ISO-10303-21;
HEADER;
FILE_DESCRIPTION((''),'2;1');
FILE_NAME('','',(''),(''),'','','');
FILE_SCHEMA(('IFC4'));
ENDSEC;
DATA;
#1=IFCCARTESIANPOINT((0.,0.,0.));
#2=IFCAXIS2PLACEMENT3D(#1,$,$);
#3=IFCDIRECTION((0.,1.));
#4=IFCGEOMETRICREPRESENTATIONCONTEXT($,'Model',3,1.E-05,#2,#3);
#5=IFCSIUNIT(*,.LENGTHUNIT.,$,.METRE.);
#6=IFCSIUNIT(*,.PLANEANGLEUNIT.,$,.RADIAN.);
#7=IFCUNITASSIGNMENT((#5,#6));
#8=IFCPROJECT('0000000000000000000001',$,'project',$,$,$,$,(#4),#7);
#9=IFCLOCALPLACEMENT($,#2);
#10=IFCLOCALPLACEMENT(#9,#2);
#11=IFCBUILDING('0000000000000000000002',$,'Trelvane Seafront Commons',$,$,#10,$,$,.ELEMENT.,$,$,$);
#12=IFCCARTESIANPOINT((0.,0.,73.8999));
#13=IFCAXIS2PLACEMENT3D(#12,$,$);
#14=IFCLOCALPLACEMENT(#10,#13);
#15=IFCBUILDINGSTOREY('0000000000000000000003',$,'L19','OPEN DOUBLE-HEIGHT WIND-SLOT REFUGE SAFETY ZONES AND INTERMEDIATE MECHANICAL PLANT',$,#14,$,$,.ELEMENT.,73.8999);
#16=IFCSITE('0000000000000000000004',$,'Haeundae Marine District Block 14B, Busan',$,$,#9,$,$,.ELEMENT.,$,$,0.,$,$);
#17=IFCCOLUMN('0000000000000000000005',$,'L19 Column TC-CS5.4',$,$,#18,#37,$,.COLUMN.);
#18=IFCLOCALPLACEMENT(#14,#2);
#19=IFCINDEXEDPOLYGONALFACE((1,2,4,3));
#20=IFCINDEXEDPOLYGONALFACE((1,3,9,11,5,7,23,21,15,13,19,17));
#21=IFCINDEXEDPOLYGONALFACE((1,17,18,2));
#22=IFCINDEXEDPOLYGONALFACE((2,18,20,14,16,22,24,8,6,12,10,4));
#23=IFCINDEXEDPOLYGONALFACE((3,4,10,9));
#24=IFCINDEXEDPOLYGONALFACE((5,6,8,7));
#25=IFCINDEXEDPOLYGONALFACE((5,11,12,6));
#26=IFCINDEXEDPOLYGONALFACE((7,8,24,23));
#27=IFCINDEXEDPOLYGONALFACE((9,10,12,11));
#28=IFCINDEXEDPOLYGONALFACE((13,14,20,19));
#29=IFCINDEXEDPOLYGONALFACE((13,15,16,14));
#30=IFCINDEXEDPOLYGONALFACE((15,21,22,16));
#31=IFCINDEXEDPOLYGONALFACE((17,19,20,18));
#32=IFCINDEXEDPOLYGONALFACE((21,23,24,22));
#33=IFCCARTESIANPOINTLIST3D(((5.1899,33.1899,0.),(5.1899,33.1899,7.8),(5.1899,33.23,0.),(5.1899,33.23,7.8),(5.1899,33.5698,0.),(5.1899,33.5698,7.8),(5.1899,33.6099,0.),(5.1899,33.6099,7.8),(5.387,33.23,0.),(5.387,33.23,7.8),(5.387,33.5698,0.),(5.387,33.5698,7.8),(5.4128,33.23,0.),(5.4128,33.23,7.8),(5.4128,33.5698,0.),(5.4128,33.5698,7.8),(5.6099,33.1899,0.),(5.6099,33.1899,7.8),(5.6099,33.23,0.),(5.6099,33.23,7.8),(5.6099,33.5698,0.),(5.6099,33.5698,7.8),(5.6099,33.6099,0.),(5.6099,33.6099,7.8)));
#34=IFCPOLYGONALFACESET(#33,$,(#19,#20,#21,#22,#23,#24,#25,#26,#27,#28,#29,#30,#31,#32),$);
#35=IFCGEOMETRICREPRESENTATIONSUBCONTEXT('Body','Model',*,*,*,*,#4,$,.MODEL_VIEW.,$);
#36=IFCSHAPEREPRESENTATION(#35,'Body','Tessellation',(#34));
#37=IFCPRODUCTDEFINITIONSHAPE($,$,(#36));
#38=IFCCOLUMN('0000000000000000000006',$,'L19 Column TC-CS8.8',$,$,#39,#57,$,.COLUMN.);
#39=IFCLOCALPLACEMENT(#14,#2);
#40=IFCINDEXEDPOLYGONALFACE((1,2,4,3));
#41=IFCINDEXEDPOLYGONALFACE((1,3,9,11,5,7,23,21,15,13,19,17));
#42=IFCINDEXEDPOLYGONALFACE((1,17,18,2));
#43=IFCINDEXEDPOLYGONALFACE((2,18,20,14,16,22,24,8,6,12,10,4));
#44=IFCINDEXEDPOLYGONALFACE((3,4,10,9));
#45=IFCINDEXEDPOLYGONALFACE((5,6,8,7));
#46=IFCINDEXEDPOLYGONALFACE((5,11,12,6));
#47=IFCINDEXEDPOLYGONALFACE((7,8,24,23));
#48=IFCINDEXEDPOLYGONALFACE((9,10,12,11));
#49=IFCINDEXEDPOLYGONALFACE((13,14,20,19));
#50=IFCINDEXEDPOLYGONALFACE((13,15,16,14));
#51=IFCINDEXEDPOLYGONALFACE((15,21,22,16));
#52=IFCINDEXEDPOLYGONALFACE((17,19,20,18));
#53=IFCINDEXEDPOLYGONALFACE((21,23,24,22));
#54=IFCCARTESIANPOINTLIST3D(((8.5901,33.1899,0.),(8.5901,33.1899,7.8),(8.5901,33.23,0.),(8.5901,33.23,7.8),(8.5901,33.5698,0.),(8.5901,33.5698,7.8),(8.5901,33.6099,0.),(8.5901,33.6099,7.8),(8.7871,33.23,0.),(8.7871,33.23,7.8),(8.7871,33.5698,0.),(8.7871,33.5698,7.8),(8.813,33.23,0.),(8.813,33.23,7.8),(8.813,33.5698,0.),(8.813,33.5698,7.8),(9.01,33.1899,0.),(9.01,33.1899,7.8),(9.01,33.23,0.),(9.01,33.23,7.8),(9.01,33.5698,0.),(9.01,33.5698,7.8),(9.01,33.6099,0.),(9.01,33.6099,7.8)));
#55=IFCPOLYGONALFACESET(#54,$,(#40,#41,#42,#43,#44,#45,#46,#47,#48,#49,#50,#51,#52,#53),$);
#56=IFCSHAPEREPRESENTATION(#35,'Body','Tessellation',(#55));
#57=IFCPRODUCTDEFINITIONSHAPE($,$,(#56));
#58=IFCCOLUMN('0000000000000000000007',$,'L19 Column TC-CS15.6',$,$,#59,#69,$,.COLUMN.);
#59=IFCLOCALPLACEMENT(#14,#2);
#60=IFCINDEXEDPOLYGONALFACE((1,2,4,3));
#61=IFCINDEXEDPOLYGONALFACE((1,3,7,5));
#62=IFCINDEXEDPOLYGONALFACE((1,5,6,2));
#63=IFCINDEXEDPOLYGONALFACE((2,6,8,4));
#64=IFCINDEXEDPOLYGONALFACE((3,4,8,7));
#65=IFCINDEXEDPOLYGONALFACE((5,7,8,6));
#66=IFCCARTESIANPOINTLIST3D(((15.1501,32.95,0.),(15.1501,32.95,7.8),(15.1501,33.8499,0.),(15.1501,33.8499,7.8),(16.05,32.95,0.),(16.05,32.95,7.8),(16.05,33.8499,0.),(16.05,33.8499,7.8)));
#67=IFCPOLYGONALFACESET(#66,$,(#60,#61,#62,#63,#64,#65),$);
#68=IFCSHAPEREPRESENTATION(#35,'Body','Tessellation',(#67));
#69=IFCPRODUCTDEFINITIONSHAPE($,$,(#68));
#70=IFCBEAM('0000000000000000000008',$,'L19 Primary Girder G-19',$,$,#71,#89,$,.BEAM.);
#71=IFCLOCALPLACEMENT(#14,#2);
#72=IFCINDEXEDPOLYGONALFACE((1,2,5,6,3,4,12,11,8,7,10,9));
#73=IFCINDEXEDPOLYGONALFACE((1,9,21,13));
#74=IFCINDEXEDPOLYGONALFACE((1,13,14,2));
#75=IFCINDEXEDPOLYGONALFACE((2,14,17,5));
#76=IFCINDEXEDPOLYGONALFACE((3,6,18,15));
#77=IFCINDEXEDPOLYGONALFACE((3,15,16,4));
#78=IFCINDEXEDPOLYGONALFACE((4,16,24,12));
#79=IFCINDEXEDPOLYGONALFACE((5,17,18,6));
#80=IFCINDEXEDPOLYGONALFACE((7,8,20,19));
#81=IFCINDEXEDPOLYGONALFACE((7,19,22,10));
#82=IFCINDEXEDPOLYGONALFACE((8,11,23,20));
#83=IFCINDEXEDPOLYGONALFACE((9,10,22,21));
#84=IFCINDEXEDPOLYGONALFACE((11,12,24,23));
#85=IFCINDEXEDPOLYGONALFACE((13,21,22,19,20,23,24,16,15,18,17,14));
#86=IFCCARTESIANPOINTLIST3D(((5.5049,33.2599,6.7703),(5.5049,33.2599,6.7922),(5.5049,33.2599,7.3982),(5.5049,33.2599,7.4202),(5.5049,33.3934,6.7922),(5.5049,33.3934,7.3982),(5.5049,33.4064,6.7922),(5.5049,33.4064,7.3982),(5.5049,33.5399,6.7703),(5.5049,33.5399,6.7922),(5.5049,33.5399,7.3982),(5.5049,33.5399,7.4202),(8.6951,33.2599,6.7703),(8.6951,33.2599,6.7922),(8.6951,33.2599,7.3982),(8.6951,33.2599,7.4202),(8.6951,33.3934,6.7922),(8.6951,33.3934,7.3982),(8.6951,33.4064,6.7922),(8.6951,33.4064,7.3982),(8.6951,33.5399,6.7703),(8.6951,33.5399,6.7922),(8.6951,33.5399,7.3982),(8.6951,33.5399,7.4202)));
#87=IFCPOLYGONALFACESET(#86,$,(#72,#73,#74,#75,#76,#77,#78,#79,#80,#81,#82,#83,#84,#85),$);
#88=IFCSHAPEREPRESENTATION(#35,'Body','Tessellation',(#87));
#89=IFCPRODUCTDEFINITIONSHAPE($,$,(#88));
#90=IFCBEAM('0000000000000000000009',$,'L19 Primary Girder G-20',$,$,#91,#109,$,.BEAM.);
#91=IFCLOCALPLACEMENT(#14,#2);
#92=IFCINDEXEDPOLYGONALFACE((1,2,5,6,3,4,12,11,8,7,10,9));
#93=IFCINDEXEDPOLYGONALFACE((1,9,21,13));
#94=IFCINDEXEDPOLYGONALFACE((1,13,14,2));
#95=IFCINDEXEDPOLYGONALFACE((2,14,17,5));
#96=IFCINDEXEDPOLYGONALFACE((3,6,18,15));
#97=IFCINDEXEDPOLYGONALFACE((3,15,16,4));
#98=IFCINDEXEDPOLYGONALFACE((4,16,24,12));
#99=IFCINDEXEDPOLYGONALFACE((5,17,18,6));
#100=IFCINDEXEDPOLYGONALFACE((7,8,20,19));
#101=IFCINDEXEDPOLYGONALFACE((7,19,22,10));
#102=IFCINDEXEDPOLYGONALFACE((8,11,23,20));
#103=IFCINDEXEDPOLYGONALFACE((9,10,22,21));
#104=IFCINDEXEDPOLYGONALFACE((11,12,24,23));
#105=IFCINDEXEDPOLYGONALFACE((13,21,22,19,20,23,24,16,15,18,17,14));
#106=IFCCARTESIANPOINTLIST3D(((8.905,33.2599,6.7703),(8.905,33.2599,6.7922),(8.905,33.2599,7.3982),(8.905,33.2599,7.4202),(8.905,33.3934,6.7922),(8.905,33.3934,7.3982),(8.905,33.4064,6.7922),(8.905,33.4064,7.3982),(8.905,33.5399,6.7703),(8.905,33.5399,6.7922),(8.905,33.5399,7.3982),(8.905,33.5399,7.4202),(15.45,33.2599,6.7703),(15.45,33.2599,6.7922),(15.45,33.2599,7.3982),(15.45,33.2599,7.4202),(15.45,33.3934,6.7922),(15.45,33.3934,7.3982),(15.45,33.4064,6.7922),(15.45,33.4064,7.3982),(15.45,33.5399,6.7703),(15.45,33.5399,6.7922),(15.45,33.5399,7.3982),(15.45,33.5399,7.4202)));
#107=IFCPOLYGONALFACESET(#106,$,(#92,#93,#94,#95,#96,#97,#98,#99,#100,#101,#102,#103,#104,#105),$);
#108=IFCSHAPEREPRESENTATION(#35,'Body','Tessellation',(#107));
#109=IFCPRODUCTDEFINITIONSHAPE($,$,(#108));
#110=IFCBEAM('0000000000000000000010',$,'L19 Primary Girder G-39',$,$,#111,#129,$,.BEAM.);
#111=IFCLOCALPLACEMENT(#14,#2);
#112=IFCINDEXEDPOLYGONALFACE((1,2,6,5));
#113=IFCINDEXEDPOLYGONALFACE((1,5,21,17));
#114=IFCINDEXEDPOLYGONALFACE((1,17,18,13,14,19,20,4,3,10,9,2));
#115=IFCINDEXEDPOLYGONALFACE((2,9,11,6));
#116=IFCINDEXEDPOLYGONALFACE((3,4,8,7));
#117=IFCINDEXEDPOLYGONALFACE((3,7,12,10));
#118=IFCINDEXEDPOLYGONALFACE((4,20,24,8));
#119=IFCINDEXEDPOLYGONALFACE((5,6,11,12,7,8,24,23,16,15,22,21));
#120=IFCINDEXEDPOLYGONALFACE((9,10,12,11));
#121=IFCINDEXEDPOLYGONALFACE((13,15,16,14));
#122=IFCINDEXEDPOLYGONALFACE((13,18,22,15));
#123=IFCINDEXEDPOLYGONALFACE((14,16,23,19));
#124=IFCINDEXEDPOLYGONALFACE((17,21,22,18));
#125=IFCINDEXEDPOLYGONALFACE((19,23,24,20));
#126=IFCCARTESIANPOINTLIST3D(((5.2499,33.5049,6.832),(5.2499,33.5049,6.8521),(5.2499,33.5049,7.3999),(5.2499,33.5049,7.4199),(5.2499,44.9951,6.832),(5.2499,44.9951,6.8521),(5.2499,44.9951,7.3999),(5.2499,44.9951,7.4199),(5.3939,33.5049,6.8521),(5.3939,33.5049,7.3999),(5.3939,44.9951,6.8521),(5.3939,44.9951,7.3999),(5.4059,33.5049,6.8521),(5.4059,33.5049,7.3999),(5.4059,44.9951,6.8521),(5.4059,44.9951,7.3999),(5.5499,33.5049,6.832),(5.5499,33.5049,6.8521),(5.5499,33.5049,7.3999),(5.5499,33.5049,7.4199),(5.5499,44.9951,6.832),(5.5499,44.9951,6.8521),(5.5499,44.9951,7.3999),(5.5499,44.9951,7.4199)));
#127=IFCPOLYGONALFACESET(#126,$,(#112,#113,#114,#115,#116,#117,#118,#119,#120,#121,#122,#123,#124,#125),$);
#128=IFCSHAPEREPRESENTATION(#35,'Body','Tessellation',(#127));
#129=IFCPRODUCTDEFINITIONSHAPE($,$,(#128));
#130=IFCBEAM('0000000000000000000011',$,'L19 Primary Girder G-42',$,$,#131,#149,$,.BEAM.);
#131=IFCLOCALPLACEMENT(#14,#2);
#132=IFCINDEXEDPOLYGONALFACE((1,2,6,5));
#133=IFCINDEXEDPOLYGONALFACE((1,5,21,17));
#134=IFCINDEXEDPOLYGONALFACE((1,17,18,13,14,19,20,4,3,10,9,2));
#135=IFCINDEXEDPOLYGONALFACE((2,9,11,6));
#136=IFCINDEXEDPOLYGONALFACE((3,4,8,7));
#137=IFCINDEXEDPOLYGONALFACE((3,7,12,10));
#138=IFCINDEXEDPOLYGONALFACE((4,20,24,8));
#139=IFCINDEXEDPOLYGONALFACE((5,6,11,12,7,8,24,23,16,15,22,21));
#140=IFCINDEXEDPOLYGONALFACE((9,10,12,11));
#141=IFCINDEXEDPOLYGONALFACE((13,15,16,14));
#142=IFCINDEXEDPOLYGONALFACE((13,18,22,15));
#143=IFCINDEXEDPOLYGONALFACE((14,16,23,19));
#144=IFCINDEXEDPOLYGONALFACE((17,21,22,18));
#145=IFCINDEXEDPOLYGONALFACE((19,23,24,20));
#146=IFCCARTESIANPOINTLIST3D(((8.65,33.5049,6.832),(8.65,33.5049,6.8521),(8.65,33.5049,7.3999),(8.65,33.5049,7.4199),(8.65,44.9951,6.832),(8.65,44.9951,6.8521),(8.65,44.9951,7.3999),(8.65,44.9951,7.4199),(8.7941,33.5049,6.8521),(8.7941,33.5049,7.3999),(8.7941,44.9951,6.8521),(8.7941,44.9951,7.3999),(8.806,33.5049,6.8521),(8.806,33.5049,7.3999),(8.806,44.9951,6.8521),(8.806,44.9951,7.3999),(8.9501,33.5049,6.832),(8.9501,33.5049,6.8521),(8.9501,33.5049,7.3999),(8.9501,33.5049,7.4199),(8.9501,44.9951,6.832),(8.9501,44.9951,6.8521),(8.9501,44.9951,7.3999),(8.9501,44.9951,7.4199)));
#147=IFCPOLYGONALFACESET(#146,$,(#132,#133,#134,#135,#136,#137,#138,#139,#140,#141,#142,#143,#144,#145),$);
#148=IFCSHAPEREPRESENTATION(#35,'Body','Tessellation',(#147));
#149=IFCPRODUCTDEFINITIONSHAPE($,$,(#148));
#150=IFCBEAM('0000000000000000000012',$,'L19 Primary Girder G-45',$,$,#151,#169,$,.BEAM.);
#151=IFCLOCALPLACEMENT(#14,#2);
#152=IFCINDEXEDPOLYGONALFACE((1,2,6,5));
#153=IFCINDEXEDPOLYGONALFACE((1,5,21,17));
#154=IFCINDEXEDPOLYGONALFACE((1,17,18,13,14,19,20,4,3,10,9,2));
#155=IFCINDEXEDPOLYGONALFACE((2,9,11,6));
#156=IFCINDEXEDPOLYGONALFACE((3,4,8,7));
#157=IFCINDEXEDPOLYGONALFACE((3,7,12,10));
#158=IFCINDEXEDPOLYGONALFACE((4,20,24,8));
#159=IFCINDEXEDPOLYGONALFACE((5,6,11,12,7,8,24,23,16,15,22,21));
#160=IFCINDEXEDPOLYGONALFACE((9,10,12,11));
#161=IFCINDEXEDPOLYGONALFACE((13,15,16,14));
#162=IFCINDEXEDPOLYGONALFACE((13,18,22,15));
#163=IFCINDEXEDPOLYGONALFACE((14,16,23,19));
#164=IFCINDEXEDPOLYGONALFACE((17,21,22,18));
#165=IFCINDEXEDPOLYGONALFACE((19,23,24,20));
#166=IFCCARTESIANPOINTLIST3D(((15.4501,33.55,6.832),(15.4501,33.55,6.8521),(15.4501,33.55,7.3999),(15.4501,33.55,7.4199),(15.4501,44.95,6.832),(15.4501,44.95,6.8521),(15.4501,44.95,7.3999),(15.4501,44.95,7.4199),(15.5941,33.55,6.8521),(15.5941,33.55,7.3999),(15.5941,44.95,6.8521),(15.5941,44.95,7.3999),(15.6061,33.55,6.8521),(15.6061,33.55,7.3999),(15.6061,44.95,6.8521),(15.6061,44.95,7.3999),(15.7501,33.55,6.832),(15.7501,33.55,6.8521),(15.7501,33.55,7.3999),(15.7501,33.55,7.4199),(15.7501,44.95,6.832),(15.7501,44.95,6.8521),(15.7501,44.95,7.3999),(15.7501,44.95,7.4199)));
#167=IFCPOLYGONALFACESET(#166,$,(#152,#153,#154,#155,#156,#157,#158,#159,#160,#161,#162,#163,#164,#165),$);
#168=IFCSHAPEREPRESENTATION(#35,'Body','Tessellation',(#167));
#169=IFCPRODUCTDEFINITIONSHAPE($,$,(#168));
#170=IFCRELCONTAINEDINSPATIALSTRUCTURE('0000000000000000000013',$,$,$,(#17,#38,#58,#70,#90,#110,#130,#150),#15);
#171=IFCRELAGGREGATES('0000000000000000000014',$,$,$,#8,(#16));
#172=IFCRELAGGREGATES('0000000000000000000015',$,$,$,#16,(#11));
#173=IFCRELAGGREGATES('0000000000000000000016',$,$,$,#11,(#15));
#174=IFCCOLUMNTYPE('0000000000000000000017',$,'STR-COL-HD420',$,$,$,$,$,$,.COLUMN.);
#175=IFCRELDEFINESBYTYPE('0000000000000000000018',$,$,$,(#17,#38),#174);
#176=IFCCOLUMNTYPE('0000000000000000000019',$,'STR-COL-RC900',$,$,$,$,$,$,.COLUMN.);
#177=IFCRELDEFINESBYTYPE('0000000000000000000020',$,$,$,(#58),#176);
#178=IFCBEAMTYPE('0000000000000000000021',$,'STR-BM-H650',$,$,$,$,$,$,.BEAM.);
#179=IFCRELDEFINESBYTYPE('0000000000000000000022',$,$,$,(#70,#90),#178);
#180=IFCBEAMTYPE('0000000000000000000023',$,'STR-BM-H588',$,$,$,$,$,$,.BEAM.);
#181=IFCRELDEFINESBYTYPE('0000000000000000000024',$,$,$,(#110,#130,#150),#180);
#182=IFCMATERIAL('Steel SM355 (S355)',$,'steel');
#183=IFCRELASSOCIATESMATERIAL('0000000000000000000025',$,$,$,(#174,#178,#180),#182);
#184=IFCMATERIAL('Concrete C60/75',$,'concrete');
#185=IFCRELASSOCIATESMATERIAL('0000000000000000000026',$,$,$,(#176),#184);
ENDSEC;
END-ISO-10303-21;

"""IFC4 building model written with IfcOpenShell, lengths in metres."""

from ifc_helpers import new_model, si_unit, direction, frame, origin, origin_2d, place, context, subcontext, project, spatial, rectangle, i_section, extrude, source, transform, mapped, material, material_profile, profile_set, type_object, element, save


model = new_model("IFC4")

# Units and contexts
model_context = context("Model", 3, precision=1e-05, world=origin(), true_north=direction((0.0, 1.0)))
body_context = subcontext(model_context, "Body", "Model", "MODEL_VIEW")
ifc_project = project(units=[si_unit("LENGTHUNIT", "METRE"), si_unit("PLANEANGLEUNIT", "RADIAN")], contexts=[model_context])

# Site, building, storey
site_placement = place(None, origin())
site = spatial("IfcSite", under=ifc_project, at=site_placement, Name="Haeundae Marine District Block 14B, Busan", CompositionType="ELEMENT", RefElevation=0.0)
building_placement = place(site_placement, origin())
building = spatial("IfcBuilding", under=site, at=building_placement, Name="Trelvane Seafront Commons", CompositionType="ELEMENT")
storey_placement = place(building_placement, frame((0.0, 0.0, 73.8999)))
storey = spatial("IfcBuildingStorey", under=building, at=storey_placement, Name="L19", Description="OPEN DOUBLE-HEIGHT WIND-SLOT REFUGE SAFETY ZONES AND INTERMEDIATE MECHANICAL PLANT", CompositionType="ELEMENT", Elevation=73.8999)

# Columns
ifc_material_1 = material(Name="Steel SM355 (S355)", Category="steel")
ifc_material_profile_1 = material_profile(ifc_material_1, i_section(OverallWidth=0.4199, OverallDepth=0.4199, WebThickness=0.0259, FlangeThickness=0.04, at=origin_2d()), Name="HD-420x420x26x40")
ifc_profile_set_1 = profile_set([ifc_material_profile_1], Name="Steel SM355 (S355)")
column_type_1 = type_object("IfcColumnType", Name="STR-COL-HD420", PredefinedType="COLUMN", material=ifc_profile_set_1)
shared_shape_1 = source(origin(), body_context, "Body", "SweptSolid", [
    extrude(i_section(OverallWidth=0.4199, OverallDepth=0.4199, WebThickness=0.0259, FlangeThickness=0.04, at=origin_2d()), origin(), (0.0, 0.0, 1.0), 7.8),
])
for number, where, z_axis, x_axis, name in (
    (1, (5.3999, 33.3999, 0.0), (0.0, 0.0, 1.0), (1.0, 0.0, 0.0), "L19 Column TC-CS5.4"),
    (2, (8.8, 33.3999, 0.0), (0.0, 0.0, 1.0), (1.0, 0.0, 0.0), "L19 Column TC-CS8.8"),
):
    element("IfcColumn", number, at=place(storey_placement, frame(where, z_axis=z_axis, x_axis=x_axis)), inside=storey, type_object=column_type_1, Name=name, PredefinedType="COLUMN", context=body_context, shape_type="MappedRepresentation", body=[
        mapped(shared_shape_1, transform((0.0, 0.0, 0.0), x_axis=(1.0, 0.0, 0.0), y_axis=(0.0, 1.0, 0.0), z_axis=(0.0, 0.0, 1.0), scale=1.0)),
    ])
ifc_material_2 = material(Name="Concrete C60/75", Category="concrete")
ifc_material_profile_2 = material_profile(ifc_material_2, rectangle(XDim=0.8999, YDim=0.8999, at=origin_2d()), Name="RC-900x900")
ifc_profile_set_2 = profile_set([ifc_material_profile_2], Name="Concrete C60/75")
column_type_2 = type_object("IfcColumnType", Name="STR-COL-RC900", PredefinedType="COLUMN", material=ifc_profile_set_2)
shared_shape_2 = source(origin(), body_context, "Body", "SweptSolid", [
    extrude(rectangle(XDim=0.8999, YDim=0.8999, at=origin_2d()), origin(), (0.0, 0.0, 1.0), 7.8),
])
column_placement = place(storey_placement, frame((15.6001, 33.3999, 0.0), z_axis=(0.0, 0.0, 1.0), x_axis=(1.0, 0.0, 0.0)))
element("IfcColumn", 3, at=column_placement, inside=storey, type_object=column_type_2, Name="L19 Column TC-CS15.6", PredefinedType="COLUMN", context=body_context, shape_type="MappedRepresentation", body=[
    mapped(shared_shape_2, transform((0.0, 0.0, 0.0), x_axis=(1.0, 0.0, 0.0), y_axis=(0.0, 1.0, 0.0), z_axis=(0.0, 0.0, 1.0), scale=1.0)),
])

# Beams
ifc_material_profile_3 = material_profile(ifc_material_1, i_section(OverallWidth=0.28, OverallDepth=0.6499, WebThickness=0.0129, FlangeThickness=0.022, at=origin_2d()), Name="H-650x280x13x22")
ifc_profile_set_3 = profile_set([ifc_material_profile_3], Name="Steel SM355 (S355)")
beam_type_1 = type_object("IfcBeamType", Name="STR-BM-H650", PredefinedType="BEAM", material=ifc_profile_set_3)
shared_shape_3 = source(origin(), body_context, "Body", "SweptSolid", [
    extrude(i_section(OverallWidth=0.28, OverallDepth=0.6499, WebThickness=0.0129, FlangeThickness=0.022, at=origin_2d()), origin(), (0.0, 0.0, 1.0), 3.1902),
])
beam_1_placement = place(storey_placement, frame((5.5049, 33.3999, 7.0952), z_axis=(1.0, 0.0, 0.0), x_axis=(0.0, 1.0, 0.0)))
element("IfcBeam", 4, at=beam_1_placement, inside=storey, type_object=beam_type_1, Name="L19 Primary Girder G-19", PredefinedType="BEAM", context=body_context, shape_type="MappedRepresentation", body=[
    mapped(shared_shape_3, transform((0.0, 0.0, 0.0), x_axis=(1.0, 0.0, 0.0), y_axis=(0.0, 1.0, 0.0), z_axis=(0.0, 0.0, 1.0), scale=1.0)),
])
shared_shape_4 = source(origin(), body_context, "Body", "SweptSolid", [
    extrude(i_section(OverallWidth=0.28, OverallDepth=0.6499, WebThickness=0.0129, FlangeThickness=0.022, at=origin_2d()), origin(), (0.0, 0.0, 1.0), 6.5449),
])
beam_2_placement = place(storey_placement, frame((8.905, 33.3999, 7.0952), z_axis=(1.0, 0.0, 0.0), x_axis=(0.0, 1.0, 0.0)))
element("IfcBeam", 5, at=beam_2_placement, inside=storey, type_object=beam_type_1, Name="L19 Primary Girder G-20", PredefinedType="BEAM", context=body_context, shape_type="MappedRepresentation", body=[
    mapped(shared_shape_4, transform((0.0, 0.0, 0.0), x_axis=(1.0, 0.0, 0.0), y_axis=(0.0, 1.0, 0.0), z_axis=(0.0, 0.0, 1.0), scale=1.0)),
])
ifc_material_profile_4 = material_profile(ifc_material_1, i_section(OverallWidth=0.3, OverallDepth=0.5879, WebThickness=0.012, FlangeThickness=0.02, at=origin_2d()), Name="H-588x300x12x20")
ifc_profile_set_4 = profile_set([ifc_material_profile_4], Name="Steel SM355 (S355)")
beam_type_2 = type_object("IfcBeamType", Name="STR-BM-H588", PredefinedType="BEAM", material=ifc_profile_set_4)
shared_shape_5 = source(origin(), body_context, "Body", "SweptSolid", [
    extrude(i_section(OverallWidth=0.3, OverallDepth=0.5879, WebThickness=0.012, FlangeThickness=0.02, at=origin_2d()), origin(), (0.0, 0.0, 1.0), 11.4902),
])
for number, where, z_axis, x_axis, name in (
    (6, (5.3999, 33.5049, 7.126), (0.0, 1.0, 0.0), (-1.0, 0.0, 0.0), "L19 Primary Girder G-39"),
    (7, (8.8, 33.5049, 7.126), (0.0, 1.0, 0.0), (-1.0, 0.0, 0.0), "L19 Primary Girder G-42"),
):
    element("IfcBeam", number, at=place(storey_placement, frame(where, z_axis=z_axis, x_axis=x_axis)), inside=storey, type_object=beam_type_2, Name=name, PredefinedType="BEAM", context=body_context, shape_type="MappedRepresentation", body=[
        mapped(shared_shape_5, transform((0.0, 0.0, 0.0), x_axis=(1.0, 0.0, 0.0), y_axis=(0.0, 1.0, 0.0), z_axis=(0.0, 0.0, 1.0), scale=1.0)),
    ])
shared_shape_6 = source(origin(), body_context, "Body", "SweptSolid", [
    extrude(i_section(OverallWidth=0.3, OverallDepth=0.5879, WebThickness=0.012, FlangeThickness=0.02, at=origin_2d()), origin(), (0.0, 0.0, 1.0), 11.3999),
])
beam_3_placement = place(storey_placement, frame((15.6001, 33.55, 7.126), z_axis=(0.0, 1.0, 0.0), x_axis=(-1.0, 0.0, 0.0)))
element("IfcBeam", 8, at=beam_3_placement, inside=storey, type_object=beam_type_2, Name="L19 Primary Girder G-45", PredefinedType="BEAM", context=body_context, shape_type="MappedRepresentation", body=[
    mapped(shared_shape_6, transform((0.0, 0.0, 0.0), x_axis=(1.0, 0.0, 0.0), y_axis=(0.0, 1.0, 0.0), z_axis=(0.0, 0.0, 1.0), scale=1.0)),
])

save(model, "model.ifc")
